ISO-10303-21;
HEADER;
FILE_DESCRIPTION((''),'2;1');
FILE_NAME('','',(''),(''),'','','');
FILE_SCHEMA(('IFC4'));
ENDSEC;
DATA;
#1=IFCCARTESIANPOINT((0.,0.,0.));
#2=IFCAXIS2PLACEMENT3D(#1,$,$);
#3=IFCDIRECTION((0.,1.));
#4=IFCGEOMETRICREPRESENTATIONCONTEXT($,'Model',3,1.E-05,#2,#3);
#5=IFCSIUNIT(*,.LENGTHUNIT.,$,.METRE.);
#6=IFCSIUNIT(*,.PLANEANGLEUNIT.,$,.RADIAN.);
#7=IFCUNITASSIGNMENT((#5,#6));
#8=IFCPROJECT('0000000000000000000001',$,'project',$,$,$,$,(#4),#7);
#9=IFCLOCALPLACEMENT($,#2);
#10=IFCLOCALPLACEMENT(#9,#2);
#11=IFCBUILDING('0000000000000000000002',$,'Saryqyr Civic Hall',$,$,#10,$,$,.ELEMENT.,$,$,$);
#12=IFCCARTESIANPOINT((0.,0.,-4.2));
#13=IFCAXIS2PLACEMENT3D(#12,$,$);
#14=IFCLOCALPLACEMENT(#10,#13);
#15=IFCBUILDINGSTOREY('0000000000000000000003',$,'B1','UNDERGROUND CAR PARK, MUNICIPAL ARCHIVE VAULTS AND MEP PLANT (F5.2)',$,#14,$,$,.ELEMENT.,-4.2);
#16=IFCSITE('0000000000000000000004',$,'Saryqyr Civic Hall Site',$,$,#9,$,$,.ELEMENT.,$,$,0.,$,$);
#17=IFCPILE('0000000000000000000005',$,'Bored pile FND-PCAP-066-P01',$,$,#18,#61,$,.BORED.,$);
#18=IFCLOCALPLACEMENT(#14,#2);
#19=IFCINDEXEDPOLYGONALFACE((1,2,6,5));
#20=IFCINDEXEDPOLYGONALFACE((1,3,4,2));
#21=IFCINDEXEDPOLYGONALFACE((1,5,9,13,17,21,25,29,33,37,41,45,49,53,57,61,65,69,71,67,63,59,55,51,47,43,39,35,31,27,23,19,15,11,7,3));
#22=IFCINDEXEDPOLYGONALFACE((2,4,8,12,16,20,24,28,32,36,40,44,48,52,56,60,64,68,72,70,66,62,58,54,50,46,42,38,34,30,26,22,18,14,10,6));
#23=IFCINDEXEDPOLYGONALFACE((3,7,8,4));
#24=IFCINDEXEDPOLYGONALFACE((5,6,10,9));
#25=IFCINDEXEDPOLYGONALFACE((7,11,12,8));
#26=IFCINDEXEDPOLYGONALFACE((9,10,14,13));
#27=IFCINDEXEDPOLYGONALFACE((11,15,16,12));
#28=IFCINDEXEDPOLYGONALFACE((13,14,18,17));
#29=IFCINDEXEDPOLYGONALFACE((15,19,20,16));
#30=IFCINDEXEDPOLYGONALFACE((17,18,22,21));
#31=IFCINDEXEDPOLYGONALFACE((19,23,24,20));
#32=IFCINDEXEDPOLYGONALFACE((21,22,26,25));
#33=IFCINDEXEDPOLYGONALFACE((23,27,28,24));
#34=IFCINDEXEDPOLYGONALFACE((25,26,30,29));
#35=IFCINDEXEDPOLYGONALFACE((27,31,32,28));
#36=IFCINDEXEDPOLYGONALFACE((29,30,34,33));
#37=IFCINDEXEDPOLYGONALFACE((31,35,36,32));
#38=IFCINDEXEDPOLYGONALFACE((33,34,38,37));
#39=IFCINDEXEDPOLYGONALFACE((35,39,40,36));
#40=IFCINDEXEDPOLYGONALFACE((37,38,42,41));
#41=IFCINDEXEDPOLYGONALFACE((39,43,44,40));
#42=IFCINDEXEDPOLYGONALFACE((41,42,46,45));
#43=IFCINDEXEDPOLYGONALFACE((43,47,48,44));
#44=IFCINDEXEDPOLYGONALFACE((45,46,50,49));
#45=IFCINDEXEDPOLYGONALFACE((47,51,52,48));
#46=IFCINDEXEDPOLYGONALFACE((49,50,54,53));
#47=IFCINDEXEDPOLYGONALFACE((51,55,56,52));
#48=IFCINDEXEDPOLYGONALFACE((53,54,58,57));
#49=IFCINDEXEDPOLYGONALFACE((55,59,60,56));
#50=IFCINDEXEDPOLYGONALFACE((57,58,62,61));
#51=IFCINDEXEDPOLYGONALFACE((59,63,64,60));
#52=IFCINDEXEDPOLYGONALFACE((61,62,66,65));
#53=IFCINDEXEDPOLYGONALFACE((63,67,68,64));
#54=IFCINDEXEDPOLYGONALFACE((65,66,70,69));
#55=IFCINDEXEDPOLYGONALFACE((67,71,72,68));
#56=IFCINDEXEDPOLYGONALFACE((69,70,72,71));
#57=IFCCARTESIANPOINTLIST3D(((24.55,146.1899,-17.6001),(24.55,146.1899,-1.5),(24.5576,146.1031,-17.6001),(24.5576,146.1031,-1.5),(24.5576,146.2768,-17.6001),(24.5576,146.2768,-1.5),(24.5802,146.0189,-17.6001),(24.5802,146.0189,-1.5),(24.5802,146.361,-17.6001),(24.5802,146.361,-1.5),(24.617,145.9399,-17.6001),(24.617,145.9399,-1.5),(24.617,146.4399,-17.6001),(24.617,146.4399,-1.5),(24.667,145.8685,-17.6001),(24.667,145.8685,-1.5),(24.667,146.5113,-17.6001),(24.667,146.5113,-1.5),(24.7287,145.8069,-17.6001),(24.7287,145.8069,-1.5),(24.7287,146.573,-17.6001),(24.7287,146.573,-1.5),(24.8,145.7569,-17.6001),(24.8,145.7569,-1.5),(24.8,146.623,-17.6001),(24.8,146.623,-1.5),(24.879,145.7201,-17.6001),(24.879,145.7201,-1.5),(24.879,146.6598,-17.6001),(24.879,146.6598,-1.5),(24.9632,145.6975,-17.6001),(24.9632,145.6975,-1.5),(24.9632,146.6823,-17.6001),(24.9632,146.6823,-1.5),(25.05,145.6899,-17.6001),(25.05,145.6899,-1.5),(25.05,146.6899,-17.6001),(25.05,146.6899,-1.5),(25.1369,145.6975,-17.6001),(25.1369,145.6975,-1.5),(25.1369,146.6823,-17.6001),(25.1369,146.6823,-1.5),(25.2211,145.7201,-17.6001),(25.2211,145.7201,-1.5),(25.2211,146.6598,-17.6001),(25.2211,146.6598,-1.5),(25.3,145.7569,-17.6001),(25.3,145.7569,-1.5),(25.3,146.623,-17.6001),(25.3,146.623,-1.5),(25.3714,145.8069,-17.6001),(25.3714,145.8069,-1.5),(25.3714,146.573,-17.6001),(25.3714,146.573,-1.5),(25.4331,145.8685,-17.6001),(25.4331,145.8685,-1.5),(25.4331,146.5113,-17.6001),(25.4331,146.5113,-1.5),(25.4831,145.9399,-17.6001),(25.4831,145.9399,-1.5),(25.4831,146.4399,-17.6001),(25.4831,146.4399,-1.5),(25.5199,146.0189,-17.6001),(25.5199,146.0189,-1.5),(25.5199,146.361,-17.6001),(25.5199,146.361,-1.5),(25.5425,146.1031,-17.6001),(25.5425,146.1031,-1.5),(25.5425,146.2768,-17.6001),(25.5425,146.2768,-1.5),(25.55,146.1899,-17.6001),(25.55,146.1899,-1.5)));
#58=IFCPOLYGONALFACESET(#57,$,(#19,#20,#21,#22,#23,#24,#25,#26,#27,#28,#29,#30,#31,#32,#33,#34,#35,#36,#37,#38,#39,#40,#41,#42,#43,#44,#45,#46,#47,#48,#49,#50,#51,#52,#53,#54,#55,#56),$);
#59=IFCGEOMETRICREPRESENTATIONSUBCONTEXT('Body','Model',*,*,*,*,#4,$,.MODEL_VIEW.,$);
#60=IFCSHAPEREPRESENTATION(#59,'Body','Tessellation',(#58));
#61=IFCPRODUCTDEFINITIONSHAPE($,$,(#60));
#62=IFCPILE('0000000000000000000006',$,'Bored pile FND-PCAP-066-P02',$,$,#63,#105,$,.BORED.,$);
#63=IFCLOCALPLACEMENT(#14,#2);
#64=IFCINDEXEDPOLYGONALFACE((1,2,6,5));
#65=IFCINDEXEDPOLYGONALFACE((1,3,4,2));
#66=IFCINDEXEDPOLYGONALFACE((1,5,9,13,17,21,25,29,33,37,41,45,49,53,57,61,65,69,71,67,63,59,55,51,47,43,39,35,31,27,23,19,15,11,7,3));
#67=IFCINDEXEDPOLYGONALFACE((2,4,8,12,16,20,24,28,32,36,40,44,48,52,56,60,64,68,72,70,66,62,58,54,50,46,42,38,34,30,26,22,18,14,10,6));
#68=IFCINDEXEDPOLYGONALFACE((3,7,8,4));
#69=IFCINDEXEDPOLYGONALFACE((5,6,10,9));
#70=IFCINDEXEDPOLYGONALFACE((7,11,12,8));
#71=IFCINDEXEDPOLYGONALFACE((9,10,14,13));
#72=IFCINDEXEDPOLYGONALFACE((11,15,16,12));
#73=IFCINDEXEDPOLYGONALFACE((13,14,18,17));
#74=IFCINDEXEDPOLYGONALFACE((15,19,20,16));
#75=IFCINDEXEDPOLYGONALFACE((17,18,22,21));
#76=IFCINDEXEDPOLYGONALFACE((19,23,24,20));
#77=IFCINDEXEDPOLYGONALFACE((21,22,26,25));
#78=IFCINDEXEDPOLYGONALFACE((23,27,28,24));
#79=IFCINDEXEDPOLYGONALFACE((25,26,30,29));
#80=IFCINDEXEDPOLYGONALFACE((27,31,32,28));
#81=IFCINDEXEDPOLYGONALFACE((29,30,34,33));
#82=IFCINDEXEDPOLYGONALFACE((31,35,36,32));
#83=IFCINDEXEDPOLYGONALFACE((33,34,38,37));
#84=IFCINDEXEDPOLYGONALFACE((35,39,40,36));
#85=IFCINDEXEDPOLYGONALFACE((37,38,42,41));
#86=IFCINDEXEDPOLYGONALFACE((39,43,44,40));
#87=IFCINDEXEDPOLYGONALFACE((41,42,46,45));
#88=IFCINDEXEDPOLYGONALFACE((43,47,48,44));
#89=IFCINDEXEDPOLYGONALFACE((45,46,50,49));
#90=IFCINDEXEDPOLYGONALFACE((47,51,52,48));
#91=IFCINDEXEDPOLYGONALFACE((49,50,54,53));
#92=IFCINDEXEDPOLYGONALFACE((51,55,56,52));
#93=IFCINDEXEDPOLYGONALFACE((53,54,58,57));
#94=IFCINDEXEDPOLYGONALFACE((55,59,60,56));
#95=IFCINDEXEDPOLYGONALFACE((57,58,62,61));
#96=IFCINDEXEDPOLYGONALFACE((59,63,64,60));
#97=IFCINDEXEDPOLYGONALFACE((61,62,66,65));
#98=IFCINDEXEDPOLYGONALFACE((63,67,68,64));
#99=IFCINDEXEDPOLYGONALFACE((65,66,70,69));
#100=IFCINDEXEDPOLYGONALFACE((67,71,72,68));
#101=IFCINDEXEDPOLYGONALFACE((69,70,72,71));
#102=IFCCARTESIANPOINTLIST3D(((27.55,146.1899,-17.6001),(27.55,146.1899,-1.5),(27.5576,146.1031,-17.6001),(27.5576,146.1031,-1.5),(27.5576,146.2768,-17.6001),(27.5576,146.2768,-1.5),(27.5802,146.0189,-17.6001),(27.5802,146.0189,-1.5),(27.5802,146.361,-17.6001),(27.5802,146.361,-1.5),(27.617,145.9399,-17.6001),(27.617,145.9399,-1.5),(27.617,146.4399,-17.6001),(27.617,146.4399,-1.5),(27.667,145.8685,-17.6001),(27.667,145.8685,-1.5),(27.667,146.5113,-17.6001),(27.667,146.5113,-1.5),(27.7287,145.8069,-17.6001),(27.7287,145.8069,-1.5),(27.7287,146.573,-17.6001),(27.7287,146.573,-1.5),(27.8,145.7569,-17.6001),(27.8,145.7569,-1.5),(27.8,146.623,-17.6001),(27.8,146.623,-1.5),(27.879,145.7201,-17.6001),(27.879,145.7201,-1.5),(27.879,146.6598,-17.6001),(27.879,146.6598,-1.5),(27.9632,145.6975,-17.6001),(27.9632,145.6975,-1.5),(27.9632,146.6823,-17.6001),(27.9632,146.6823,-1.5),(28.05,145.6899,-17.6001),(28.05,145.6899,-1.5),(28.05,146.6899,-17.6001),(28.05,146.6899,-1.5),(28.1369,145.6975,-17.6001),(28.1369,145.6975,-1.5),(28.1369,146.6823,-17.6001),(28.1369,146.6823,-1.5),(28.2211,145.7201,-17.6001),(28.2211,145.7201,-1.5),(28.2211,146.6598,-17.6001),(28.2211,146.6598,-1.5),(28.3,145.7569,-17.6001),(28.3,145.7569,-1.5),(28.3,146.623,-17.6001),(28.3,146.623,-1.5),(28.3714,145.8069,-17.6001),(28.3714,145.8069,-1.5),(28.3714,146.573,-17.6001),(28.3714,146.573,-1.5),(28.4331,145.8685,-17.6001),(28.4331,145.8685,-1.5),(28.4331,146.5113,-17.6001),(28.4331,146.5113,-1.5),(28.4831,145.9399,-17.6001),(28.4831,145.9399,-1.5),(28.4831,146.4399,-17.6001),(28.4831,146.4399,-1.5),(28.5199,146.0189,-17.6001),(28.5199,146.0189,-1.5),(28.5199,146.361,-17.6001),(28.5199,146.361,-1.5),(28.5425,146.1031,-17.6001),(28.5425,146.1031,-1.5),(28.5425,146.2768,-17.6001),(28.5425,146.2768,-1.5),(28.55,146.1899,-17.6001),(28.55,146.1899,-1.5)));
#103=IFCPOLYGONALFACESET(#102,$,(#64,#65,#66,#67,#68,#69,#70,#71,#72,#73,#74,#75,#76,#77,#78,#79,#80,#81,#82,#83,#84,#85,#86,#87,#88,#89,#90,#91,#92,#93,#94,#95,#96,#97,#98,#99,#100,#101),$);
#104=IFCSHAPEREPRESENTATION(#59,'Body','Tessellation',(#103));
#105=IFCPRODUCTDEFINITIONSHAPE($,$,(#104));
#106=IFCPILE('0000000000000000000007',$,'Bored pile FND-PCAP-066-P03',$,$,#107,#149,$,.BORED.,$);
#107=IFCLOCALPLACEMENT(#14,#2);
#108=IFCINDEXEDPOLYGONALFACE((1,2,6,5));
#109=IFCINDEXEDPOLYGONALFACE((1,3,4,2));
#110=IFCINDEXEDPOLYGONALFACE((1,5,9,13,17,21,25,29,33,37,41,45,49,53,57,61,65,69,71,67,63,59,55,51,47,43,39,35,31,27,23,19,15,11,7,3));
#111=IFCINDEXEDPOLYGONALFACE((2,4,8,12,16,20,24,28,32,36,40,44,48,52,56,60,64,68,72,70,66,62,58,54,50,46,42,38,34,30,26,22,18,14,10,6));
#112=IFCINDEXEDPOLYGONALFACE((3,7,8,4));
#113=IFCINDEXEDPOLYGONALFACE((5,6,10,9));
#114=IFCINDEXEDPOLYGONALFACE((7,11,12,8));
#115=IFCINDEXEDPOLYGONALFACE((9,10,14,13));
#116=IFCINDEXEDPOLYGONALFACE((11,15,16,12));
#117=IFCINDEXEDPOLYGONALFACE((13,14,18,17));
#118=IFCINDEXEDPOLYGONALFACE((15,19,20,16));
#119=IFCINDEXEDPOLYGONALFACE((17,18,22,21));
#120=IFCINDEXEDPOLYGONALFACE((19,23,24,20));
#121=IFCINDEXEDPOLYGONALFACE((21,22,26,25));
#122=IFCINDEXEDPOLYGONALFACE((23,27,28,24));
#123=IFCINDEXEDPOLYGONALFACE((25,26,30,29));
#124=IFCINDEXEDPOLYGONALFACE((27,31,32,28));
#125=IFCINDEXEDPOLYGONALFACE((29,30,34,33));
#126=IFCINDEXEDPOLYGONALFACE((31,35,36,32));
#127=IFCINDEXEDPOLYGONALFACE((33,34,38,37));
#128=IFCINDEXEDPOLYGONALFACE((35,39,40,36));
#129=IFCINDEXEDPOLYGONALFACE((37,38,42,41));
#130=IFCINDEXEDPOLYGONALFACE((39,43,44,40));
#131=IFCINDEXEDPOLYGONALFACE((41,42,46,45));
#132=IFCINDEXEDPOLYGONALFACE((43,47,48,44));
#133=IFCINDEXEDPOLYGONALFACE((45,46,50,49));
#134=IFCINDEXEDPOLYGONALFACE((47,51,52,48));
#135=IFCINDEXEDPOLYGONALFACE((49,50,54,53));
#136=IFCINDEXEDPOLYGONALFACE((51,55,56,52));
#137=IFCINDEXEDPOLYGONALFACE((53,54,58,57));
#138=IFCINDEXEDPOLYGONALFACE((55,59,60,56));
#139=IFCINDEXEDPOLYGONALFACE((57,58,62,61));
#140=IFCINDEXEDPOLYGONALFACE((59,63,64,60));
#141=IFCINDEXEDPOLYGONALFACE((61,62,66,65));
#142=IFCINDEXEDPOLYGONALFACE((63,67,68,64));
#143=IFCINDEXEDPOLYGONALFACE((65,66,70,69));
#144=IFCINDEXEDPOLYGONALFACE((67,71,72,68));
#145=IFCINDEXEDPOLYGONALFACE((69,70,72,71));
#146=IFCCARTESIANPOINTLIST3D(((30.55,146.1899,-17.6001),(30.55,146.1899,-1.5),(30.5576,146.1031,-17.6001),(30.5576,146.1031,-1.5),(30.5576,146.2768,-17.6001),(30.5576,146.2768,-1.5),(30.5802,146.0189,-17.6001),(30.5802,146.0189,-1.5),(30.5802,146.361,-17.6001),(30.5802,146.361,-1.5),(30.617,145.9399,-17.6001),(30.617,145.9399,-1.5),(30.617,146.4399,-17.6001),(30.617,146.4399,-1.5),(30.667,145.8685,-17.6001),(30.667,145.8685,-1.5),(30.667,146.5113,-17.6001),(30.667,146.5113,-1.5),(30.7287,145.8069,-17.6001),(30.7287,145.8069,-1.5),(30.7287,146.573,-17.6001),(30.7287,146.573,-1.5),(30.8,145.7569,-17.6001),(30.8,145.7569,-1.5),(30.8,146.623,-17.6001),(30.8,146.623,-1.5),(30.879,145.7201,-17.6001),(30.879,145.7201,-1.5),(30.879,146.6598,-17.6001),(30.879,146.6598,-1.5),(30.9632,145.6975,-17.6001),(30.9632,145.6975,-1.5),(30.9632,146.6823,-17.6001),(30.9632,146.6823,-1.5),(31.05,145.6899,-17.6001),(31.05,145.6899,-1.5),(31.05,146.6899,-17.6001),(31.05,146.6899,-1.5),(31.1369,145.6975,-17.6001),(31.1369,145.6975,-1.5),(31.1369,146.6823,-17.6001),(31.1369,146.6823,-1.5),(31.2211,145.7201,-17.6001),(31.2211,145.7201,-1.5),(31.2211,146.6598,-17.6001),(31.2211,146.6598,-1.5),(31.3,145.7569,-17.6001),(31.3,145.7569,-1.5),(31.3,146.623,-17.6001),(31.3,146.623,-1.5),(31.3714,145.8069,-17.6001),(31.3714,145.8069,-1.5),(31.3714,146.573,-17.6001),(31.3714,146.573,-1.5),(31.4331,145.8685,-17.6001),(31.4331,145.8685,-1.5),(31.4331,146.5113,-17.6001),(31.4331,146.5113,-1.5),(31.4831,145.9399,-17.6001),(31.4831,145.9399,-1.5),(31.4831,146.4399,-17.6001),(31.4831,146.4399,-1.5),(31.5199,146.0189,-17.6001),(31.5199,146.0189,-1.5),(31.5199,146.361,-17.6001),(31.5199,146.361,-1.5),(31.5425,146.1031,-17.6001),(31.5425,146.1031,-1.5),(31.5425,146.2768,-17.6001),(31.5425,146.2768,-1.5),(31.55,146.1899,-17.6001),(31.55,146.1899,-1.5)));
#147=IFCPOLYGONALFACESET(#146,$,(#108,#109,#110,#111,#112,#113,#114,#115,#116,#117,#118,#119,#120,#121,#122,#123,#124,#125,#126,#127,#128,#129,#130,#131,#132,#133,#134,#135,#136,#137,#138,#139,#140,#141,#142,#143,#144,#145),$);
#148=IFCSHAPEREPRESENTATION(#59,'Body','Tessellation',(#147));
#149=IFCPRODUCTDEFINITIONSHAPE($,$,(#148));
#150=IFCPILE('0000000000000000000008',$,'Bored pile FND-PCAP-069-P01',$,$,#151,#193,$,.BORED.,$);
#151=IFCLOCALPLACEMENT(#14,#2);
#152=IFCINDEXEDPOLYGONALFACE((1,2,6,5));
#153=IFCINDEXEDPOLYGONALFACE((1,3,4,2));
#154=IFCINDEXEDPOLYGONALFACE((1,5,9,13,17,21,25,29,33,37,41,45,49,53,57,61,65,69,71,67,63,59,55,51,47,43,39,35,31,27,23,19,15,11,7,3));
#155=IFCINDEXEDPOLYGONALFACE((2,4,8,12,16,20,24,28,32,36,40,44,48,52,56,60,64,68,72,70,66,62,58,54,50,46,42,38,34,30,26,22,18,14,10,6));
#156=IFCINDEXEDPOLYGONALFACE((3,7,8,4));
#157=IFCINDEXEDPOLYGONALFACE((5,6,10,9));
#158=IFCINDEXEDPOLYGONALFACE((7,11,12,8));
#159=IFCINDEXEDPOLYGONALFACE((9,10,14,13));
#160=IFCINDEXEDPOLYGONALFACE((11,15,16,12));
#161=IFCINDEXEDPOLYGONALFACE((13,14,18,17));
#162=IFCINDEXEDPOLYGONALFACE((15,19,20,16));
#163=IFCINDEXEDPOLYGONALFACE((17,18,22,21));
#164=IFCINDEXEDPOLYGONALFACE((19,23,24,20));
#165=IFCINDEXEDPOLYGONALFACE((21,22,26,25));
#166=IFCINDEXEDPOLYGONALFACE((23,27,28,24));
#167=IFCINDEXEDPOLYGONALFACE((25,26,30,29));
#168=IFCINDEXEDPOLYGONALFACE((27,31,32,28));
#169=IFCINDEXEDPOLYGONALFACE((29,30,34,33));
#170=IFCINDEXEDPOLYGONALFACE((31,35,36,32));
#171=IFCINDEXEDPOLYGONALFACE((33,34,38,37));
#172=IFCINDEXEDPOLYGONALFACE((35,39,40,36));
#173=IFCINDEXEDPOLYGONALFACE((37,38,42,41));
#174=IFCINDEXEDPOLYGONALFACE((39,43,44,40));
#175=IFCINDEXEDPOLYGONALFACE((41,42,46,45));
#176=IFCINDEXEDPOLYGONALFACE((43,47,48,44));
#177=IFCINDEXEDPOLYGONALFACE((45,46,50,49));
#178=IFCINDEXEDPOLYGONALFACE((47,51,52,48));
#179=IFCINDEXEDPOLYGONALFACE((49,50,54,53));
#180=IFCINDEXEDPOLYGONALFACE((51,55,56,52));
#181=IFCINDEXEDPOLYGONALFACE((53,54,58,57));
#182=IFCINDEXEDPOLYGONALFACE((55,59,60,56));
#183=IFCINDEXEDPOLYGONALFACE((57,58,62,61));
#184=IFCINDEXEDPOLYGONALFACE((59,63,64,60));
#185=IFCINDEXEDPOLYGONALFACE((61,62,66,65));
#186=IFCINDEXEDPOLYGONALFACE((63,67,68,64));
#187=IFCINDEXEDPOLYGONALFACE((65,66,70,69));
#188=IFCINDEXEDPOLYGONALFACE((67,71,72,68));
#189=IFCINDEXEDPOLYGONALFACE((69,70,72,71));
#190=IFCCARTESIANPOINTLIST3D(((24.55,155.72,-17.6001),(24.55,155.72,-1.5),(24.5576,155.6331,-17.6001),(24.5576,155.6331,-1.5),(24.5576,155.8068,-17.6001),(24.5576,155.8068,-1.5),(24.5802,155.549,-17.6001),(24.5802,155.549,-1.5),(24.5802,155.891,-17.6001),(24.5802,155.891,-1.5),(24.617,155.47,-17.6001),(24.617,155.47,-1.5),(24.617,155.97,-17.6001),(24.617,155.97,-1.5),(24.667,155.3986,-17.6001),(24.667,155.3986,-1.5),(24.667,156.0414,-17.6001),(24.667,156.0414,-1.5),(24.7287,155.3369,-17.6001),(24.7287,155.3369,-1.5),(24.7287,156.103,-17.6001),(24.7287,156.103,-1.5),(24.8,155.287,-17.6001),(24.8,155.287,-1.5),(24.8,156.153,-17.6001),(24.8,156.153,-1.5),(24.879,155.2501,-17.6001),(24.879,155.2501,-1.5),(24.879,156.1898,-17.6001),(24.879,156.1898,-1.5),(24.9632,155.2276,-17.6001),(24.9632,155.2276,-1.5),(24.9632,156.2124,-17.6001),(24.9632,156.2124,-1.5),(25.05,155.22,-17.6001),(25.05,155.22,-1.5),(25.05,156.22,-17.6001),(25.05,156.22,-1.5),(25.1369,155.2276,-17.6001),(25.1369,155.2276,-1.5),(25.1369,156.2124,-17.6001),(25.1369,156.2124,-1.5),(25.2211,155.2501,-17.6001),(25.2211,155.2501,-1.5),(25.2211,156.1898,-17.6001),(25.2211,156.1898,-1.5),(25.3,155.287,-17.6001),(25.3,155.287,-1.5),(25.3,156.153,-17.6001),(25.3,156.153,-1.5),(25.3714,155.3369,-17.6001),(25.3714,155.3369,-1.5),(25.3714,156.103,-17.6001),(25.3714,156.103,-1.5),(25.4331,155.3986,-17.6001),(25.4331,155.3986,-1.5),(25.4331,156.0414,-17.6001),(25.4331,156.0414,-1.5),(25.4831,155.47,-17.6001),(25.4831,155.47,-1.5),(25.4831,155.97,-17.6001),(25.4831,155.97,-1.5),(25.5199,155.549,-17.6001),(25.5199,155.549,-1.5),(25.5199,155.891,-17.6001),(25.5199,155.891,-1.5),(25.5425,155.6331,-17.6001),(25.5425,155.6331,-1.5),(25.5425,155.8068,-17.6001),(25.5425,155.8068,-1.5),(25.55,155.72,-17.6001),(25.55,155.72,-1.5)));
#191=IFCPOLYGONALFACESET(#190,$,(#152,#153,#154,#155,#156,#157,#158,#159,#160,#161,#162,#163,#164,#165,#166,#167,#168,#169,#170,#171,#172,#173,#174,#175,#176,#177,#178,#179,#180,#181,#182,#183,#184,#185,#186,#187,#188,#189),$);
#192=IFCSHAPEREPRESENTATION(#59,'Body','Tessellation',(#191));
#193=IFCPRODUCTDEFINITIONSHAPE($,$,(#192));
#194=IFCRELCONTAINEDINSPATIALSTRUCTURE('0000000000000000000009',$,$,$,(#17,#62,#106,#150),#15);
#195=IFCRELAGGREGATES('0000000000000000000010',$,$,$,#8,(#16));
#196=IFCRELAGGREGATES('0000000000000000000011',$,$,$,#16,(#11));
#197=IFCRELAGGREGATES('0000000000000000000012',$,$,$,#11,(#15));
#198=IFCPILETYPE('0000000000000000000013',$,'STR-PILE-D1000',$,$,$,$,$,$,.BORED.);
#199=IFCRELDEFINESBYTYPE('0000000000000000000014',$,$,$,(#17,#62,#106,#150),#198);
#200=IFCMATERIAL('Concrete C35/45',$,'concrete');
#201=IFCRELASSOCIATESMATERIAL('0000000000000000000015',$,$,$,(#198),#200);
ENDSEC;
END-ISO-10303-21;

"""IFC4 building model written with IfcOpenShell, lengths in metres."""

from ifc_helpers import new_model, si_unit, direction, frame, origin, origin_2d, place, context, subcontext, project, spatial, circle, extrude, material, material_profile, profile_set, type_object, element, save


model = new_model("IFC4")

# Units and contexts
model_context = context("Model", 3, precision=1e-05, world=origin(), true_north=direction((0.0, 1.0)))
body_context = subcontext(model_context, "Body", "Model", "MODEL_VIEW")
ifc_project = project(units=[si_unit("LENGTHUNIT", "METRE"), si_unit("PLANEANGLEUNIT", "RADIAN")], contexts=[model_context])

# Site, building, storey
site_placement = place(None, origin())
site = spatial("IfcSite", under=ifc_project, at=site_placement, Name="Saryqyr Civic Hall Site", CompositionType="ELEMENT", RefElevation=0.0)
building_placement = place(site_placement, origin())
building = spatial("IfcBuilding", under=site, at=building_placement, Name="Saryqyr Civic Hall", CompositionType="ELEMENT")
storey_placement = place(building_placement, frame((0.0, 0.0, -4.2)))
storey = spatial("IfcBuildingStorey", under=building, at=storey_placement, Name="B1", Description="UNDERGROUND CAR PARK, MUNICIPAL ARCHIVE VAULTS AND MEP PLANT (F5.2)", CompositionType="ELEMENT", Elevation=-4.2)

# Shared definitions
ifc_material_1 = material(Name="Concrete C35/45", Category="concrete")

# Piles
ifc_material_profile_1 = material_profile(ifc_material_1, circle(Radius=0.5, at=origin_2d()), Name="BORED PILE D1000")
ifc_profile_set_1 = profile_set([ifc_material_profile_1], Name="Concrete C35/45")
pile_type = type_object("IfcPileType", Name="STR-PILE-D1000", PredefinedType="BORED", material=ifc_profile_set_1)
for number, where, z_axis, x_axis, name in (
    (1, (25.05, 146.1899, -1.5), (0.0, 0.0, -1.0), (1.0, 0.0, 0.0), "Bored pile FND-PCAP-066-P01"),
    (2, (28.05, 146.1899, -1.5), (0.0, 0.0, -1.0), (1.0, 0.0, 0.0), "Bored pile FND-PCAP-066-P02"),
    (3, (31.05, 146.1899, -1.5), (0.0, 0.0, -1.0), (1.0, 0.0, 0.0), "Bored pile FND-PCAP-066-P03"),
    (4, (25.05, 155.72, -1.5), (0.0, 0.0, -1.0), (1.0, 0.0, 0.0), "Bored pile FND-PCAP-069-P01"),
):
    element("IfcPile", number, at=place(storey_placement, frame(where, z_axis=z_axis, x_axis=x_axis)), inside=storey, type_object=pile_type, Name=name, PredefinedType="BORED", context=body_context, shape_type="SweptSolid", body=[
        extrude(circle(Radius=0.5, at=origin_2d()), origin(), (0.0, 0.0, 1.0), 16.1001),
    ])

save(model, "model.ifc")
